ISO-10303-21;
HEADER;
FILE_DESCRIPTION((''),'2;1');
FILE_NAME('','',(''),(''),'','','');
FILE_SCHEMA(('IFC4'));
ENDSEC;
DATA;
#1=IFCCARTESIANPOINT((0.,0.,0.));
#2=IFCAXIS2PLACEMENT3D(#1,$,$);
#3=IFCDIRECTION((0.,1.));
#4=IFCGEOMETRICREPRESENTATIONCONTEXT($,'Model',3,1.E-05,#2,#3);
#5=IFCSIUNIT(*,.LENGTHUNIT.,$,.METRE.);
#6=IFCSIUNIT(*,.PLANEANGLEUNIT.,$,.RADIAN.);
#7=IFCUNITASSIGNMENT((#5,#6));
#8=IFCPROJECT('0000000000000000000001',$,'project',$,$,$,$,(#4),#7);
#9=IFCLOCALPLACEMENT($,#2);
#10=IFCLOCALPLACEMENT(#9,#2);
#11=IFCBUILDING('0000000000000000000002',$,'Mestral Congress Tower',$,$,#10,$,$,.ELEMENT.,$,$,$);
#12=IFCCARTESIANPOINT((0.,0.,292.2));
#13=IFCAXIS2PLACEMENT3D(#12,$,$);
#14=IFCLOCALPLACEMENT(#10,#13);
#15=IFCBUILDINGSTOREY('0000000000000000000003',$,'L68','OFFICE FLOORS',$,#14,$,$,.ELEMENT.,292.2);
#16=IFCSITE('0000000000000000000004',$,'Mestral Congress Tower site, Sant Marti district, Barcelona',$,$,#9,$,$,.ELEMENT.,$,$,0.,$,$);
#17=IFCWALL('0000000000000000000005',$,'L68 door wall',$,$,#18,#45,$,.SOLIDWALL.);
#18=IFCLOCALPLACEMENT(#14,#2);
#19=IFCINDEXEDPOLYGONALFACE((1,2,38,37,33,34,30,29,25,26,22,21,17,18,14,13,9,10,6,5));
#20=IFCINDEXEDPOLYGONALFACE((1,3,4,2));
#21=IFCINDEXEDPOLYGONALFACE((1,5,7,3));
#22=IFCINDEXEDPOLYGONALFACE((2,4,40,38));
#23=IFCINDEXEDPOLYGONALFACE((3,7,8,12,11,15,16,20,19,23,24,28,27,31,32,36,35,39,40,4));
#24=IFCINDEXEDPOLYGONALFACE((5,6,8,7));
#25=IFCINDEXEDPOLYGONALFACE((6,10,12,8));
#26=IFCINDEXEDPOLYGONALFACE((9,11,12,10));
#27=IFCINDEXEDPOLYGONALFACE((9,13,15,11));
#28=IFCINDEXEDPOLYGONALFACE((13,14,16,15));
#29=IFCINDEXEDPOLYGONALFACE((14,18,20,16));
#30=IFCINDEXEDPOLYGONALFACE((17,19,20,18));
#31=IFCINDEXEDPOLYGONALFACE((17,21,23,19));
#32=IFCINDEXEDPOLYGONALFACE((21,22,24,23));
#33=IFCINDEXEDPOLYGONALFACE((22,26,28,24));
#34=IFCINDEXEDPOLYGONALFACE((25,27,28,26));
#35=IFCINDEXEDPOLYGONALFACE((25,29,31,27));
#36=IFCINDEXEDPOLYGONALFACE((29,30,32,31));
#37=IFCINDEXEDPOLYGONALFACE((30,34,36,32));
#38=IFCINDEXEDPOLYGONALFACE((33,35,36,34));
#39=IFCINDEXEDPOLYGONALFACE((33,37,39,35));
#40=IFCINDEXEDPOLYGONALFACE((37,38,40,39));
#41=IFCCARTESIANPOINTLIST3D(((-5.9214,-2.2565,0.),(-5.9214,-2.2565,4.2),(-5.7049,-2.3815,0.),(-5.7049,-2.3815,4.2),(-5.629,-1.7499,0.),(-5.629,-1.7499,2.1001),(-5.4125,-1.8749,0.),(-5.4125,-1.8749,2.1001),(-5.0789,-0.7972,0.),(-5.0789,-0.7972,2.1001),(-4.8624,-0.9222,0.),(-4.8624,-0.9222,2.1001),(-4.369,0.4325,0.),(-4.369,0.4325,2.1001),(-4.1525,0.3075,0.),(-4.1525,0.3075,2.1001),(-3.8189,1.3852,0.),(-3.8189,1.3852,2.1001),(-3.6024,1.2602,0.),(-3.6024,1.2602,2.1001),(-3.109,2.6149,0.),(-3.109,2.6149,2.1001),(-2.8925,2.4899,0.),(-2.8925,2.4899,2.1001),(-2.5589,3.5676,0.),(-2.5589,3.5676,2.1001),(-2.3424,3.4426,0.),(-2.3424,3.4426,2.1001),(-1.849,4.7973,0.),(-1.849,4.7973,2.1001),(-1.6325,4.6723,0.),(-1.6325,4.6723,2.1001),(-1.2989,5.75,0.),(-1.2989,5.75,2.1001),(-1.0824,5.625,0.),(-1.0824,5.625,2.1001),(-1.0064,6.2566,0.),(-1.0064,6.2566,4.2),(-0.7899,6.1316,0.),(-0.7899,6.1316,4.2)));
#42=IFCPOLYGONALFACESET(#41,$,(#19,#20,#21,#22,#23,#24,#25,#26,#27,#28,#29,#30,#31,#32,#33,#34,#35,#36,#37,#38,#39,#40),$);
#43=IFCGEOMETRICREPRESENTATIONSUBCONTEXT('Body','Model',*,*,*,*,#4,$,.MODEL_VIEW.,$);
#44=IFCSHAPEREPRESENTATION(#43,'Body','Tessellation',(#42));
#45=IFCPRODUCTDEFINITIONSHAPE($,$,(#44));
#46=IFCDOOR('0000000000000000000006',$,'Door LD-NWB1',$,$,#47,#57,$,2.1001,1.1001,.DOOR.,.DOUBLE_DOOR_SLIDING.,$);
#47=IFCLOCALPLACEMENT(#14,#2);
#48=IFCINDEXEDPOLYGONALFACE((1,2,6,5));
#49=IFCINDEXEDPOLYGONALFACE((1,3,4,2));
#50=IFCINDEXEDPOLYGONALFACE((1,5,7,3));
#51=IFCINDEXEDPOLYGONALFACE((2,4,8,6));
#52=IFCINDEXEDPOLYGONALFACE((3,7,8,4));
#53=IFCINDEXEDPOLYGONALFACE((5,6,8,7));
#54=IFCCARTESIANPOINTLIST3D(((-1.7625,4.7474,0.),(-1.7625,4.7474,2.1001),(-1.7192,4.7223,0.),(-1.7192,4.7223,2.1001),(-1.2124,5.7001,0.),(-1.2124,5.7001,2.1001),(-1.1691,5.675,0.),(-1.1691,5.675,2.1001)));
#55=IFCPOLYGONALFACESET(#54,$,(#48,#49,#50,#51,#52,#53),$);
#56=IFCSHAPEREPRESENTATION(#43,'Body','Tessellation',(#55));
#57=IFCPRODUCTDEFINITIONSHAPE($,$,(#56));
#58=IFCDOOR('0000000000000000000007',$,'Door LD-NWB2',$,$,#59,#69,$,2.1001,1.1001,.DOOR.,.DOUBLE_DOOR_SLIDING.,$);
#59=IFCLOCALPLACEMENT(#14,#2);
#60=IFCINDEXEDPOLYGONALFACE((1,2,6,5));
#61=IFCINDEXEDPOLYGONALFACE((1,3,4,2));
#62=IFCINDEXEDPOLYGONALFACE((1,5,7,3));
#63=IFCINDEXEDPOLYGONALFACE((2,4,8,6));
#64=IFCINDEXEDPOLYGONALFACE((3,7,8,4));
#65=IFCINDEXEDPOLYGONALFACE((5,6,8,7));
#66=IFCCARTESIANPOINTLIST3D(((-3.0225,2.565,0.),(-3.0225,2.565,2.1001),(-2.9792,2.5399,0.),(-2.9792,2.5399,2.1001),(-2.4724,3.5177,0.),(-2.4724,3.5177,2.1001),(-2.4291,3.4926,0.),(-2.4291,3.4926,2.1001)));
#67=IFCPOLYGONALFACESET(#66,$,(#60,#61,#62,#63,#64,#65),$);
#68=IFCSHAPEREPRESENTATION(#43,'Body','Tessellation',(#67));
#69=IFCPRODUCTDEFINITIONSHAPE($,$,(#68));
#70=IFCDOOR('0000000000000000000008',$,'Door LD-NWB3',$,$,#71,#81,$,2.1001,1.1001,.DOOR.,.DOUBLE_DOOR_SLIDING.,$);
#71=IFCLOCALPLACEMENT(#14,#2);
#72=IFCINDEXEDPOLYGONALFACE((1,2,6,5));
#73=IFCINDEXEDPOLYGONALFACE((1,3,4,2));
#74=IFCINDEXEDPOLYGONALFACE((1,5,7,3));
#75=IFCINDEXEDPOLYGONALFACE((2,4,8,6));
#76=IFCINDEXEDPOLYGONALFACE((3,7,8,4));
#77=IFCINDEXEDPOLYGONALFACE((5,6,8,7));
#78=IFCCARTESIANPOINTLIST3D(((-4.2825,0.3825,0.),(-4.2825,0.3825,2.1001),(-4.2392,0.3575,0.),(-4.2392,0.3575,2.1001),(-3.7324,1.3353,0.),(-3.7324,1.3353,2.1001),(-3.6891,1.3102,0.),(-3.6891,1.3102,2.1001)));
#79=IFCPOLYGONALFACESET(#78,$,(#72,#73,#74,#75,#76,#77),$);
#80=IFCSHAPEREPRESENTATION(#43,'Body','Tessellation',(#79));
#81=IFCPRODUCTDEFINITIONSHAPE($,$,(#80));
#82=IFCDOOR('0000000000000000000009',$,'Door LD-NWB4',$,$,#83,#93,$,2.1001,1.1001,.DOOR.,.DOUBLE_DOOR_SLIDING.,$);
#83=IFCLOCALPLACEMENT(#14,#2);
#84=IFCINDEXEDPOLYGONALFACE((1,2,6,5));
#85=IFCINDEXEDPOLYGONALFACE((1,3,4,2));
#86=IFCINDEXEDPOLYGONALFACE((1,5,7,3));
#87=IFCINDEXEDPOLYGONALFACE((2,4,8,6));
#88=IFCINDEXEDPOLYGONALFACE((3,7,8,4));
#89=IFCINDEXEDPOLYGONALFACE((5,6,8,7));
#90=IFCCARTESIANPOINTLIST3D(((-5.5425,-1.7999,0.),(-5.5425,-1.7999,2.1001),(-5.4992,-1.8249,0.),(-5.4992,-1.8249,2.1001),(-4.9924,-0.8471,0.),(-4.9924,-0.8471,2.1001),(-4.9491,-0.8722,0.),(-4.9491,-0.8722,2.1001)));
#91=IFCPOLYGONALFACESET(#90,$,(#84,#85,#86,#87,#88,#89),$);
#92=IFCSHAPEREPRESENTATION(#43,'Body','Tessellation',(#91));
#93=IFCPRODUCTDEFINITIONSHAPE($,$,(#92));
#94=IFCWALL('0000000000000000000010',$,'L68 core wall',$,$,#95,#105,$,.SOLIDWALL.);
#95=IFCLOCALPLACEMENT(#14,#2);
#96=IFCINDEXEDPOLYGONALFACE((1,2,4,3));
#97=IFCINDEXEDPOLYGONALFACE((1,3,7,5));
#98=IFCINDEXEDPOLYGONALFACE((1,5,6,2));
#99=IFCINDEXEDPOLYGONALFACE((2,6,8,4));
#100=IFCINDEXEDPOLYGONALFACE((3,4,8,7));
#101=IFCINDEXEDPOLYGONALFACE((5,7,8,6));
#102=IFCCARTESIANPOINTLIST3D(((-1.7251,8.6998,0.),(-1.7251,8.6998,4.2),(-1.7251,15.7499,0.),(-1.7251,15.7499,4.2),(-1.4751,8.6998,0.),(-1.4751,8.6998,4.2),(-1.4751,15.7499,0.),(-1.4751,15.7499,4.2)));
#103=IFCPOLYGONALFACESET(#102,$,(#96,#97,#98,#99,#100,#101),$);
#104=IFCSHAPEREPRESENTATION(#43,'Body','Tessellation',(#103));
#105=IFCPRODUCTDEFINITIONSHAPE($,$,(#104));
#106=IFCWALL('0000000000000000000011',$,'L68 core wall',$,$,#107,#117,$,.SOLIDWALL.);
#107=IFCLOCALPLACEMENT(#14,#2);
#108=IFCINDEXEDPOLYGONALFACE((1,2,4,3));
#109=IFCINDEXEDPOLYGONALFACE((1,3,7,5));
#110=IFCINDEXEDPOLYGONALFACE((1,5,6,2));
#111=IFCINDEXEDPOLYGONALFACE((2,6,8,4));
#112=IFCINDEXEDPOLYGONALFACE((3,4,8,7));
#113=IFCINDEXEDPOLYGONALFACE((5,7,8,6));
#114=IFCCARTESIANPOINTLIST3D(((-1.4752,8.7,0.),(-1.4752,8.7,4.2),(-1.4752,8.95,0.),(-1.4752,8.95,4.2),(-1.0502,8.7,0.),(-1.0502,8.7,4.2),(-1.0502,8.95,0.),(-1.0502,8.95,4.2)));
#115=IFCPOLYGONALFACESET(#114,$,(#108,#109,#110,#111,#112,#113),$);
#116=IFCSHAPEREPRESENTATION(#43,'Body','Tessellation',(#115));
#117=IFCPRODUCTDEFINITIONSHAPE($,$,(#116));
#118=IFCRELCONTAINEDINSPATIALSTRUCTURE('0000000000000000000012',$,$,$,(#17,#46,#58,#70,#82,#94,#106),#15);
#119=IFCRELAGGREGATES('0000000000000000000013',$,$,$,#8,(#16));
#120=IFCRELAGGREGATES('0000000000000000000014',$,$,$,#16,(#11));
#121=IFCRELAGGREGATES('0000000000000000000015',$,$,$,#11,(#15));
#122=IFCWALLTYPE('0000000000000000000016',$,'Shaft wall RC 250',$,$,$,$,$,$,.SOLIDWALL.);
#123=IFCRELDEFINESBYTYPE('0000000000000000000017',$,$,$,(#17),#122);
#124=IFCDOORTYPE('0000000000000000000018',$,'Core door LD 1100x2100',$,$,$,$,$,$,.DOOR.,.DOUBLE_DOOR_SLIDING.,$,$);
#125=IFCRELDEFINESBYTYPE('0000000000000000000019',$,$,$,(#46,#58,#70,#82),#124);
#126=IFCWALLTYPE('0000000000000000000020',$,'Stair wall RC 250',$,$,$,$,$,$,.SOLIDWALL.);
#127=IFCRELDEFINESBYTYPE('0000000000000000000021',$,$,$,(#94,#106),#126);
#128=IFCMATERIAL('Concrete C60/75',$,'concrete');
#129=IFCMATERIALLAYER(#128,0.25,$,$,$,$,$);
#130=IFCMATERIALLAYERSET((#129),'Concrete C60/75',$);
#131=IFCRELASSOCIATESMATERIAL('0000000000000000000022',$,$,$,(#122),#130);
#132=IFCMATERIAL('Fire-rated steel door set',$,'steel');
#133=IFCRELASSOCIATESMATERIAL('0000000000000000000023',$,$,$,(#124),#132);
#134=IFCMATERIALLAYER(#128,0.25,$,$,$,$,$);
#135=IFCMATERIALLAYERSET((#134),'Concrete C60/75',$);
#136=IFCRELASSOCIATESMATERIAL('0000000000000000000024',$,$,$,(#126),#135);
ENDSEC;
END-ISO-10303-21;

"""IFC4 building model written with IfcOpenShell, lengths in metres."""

from ifc_helpers import new_model, si_unit, direction, frame, frame_2d, origin, place, context, subcontext, project, spatial, rectangle, extrude, material, layer, layer_set, type_object, element, fill, save


model = new_model("IFC4")

# Units and contexts
model_context = context("Model", 3, precision=1e-05, world=origin(), true_north=direction((0.0, 1.0)))
body_context = subcontext(model_context, "Body", "Model", "MODEL_VIEW")
ifc_project = project(units=[si_unit("LENGTHUNIT", "METRE"), si_unit("PLANEANGLEUNIT", "RADIAN")], contexts=[model_context])

# Site, building, storey
site_placement = place(None, origin())
site = spatial("IfcSite", under=ifc_project, at=site_placement, Name="Mestral Congress Tower site, Sant Marti district, Barcelona", CompositionType="ELEMENT", RefElevation=0.0)
building_placement = place(site_placement, origin())
building = spatial("IfcBuilding", under=site, at=building_placement, Name="Mestral Congress Tower", CompositionType="ELEMENT")
storey_placement = place(building_placement, frame((0.0, 0.0, 292.2)))
storey = spatial("IfcBuildingStorey", under=building, at=storey_placement, Name="L68", Description="OFFICE FLOORS", CompositionType="ELEMENT", Elevation=292.2)

# Shared definitions
ifc_material_1 = material(Name="Concrete C60/75", Category="concrete")

# Shared definitions
ifc_layer_1 = layer(ifc_material_1, 0.25)
ifc_layer_set_1 = layer_set([ifc_layer_1], Name="Concrete C60/75")
wall_type_1 = type_object("IfcWallType", Name="Shaft wall RC 250", PredefinedType="SOLIDWALL", material=ifc_layer_set_1)

# Wall, openings, doors
wall_1_placement = place(storey_placement, frame((-0.8982, 6.1941, 0.0), z_axis=(0.0, 0.0, 1.0), x_axis=(-0.499996, -0.866028, 0.0)))
wall_1 = element("IfcWall", 1, at=wall_1_placement, inside=storey, type_object=wall_type_1, Name="L68 door wall", PredefinedType="SOLIDWALL", context=body_context, shape_type="SweptSolid", body=[
    extrude(rectangle(XDim=9.8301, YDim=0.25, at=frame_2d((4.915, 0.0))), origin(), (0.0, 0.0, 1.0), 4.2),
])
opening_1_placement = place(wall_1_placement, frame((0.585, 0.0, 0.0)))
opening_1 = element("IfcOpeningElement", 2, at=opening_1_placement, cuts=wall_1, PredefinedType="OPENING", context=body_context, shape_type="SweptSolid", body=[
    extrude(rectangle(XDim=1.1001, YDim=2.1001, at=frame_2d((0.55, 1.05))), frame((0.0, 0.135, 0.0), z_axis=(0.0, -1.0, 0.0), x_axis=(1.0, 0.0, 0.0)), (0.0, 0.0, 1.0), 0.27),
])
opening_2_placement = place(wall_1_placement, frame((3.105, 0.0, 0.0)))
opening_2 = element("IfcOpeningElement", 3, at=opening_2_placement, cuts=wall_1, PredefinedType="OPENING", context=body_context, shape_type="SweptSolid", body=[
    extrude(rectangle(XDim=1.1001, YDim=2.1001, at=frame_2d((0.55, 1.05))), frame((0.0, 0.135, 0.0), z_axis=(0.0, -1.0, 0.0), x_axis=(1.0, 0.0, 0.0)), (0.0, 0.0, 1.0), 0.27),
])
opening_3_placement = place(wall_1_placement, frame((5.625, 0.0, 0.0)))
opening_3 = element("IfcOpeningElement", 4, at=opening_3_placement, cuts=wall_1, PredefinedType="OPENING", context=body_context, shape_type="SweptSolid", body=[
    extrude(rectangle(XDim=1.1001, YDim=2.1001, at=frame_2d((0.55, 1.05))), frame((0.0, 0.135, 0.0), z_axis=(0.0, -1.0, 0.0), x_axis=(1.0, 0.0, 0.0)), (0.0, 0.0, 1.0), 0.27),
])
opening_4_placement = place(wall_1_placement, frame((8.145, 0.0, 0.0)))
opening_4 = element("IfcOpeningElement", 5, at=opening_4_placement, cuts=wall_1, PredefinedType="OPENING", context=body_context, shape_type="SweptSolid", body=[
    extrude(rectangle(XDim=1.1001, YDim=2.1001, at=frame_2d((0.55, 1.05))), frame((0.0, 0.135, 0.0), z_axis=(0.0, -1.0, 0.0), x_axis=(1.0, 0.0, 0.0)), (0.0, 0.0, 1.0), 0.27),
])
ifc_material_2 = material(Name="Fire-rated steel door set", Category="steel")
door_type = type_object("IfcDoorType", Name="Core door LD 1100x2100", OperationType="DOUBLE_DOOR_SLIDING", PredefinedType="DOOR", material=ifc_material_2)
door_1_placement = place(opening_1_placement, origin())
door_1 = element("IfcDoor", 6, at=door_1_placement, inside=storey, type_object=door_type, Name="Door LD-NWB1", OperationType="DOUBLE_DOOR_SLIDING", OverallHeight=2.1001, OverallWidth=1.1001, PredefinedType="DOOR", context=body_context, shape_type="SweptSolid", body=[
    extrude(rectangle(XDim=1.1001, YDim=2.1001, at=frame_2d((0.55, 1.05))), frame((0.0, 0.0249, 0.0), z_axis=(0.0, -1.0, 0.0), x_axis=(1.0, 0.0, 0.0)), (0.0, 0.0, 1.0), 0.05),
])
fill(opening_1, door_1)
door_2_placement = place(opening_2_placement, origin())
door_2 = element("IfcDoor", 7, at=door_2_placement, inside=storey, type_object=door_type, Name="Door LD-NWB2", OperationType="DOUBLE_DOOR_SLIDING", OverallHeight=2.1001, OverallWidth=1.1001, PredefinedType="DOOR", context=body_context, shape_type="SweptSolid", body=[
    extrude(rectangle(XDim=1.1001, YDim=2.1001, at=frame_2d((0.55, 1.05))), frame((0.0, 0.0249, 0.0), z_axis=(0.0, -1.0, 0.0), x_axis=(1.0, 0.0, 0.0)), (0.0, 0.0, 1.0), 0.05),
])
fill(opening_2, door_2)
door_3_placement = place(opening_3_placement, origin())
door_3 = element("IfcDoor", 8, at=door_3_placement, inside=storey, type_object=door_type, Name="Door LD-NWB3", OperationType="DOUBLE_DOOR_SLIDING", OverallHeight=2.1001, OverallWidth=1.1001, PredefinedType="DOOR", context=body_context, shape_type="SweptSolid", body=[
    extrude(rectangle(XDim=1.1001, YDim=2.1001, at=frame_2d((0.55, 1.05))), frame((0.0, 0.0249, 0.0), z_axis=(0.0, -1.0, 0.0), x_axis=(1.0, 0.0, 0.0)), (0.0, 0.0, 1.0), 0.05),
])
fill(opening_3, door_3)
door_4_placement = place(opening_4_placement, origin())
door_4 = element("IfcDoor", 9, at=door_4_placement, inside=storey, type_object=door_type, Name="Door LD-NWB4", OperationType="DOUBLE_DOOR_SLIDING", OverallHeight=2.1001, OverallWidth=1.1001, PredefinedType="DOOR", context=body_context, shape_type="SweptSolid", body=[
    extrude(rectangle(XDim=1.1001, YDim=2.1001, at=frame_2d((0.55, 1.05))), frame((0.0, 0.0249, 0.0), z_axis=(0.0, -1.0, 0.0), x_axis=(1.0, 0.0, 0.0)), (0.0, 0.0, 1.0), 0.05),
])
fill(opening_4, door_4)

# Walls
ifc_layer_2 = layer(ifc_material_1, 0.25)
ifc_layer_set_2 = layer_set([ifc_layer_2], Name="Concrete C60/75")
wall_type_2 = type_object("IfcWallType", Name="Stair wall RC 250", PredefinedType="SOLIDWALL", material=ifc_layer_set_2)
wall_2_placement = place(storey_placement, frame((-1.6001, 8.7, 0.0), z_axis=(0.0, 0.0, 1.0), x_axis=(0.0, 1.0, 0.0)))
element("IfcWall", 10, at=wall_2_placement, inside=storey, type_object=wall_type_2, Name="L68 core wall", PredefinedType="SOLIDWALL", context=body_context, shape_type="SweptSolid", body=[
    extrude(rectangle(XDim=7.05, YDim=0.25, at=frame_2d((3.5249, 0.0))), origin(), (0.0, 0.0, 1.0), 4.2),
])
wall_3_placement = place(storey_placement, frame((-1.4751, 8.825, 0.0), z_axis=(0.0, 0.0, 1.0), x_axis=(1.0, 0.0, 0.0)))
element("IfcWall", 11, at=wall_3_placement, inside=storey, type_object=wall_type_2, Name="L68 core wall", PredefinedType="SOLIDWALL", context=body_context, shape_type="SweptSolid", body=[
    extrude(rectangle(XDim=0.425, YDim=0.25, at=frame_2d((0.2124, 0.0))), origin(), (0.0, 0.0, 1.0), 4.2),
])

save(model, "model.ifc")
